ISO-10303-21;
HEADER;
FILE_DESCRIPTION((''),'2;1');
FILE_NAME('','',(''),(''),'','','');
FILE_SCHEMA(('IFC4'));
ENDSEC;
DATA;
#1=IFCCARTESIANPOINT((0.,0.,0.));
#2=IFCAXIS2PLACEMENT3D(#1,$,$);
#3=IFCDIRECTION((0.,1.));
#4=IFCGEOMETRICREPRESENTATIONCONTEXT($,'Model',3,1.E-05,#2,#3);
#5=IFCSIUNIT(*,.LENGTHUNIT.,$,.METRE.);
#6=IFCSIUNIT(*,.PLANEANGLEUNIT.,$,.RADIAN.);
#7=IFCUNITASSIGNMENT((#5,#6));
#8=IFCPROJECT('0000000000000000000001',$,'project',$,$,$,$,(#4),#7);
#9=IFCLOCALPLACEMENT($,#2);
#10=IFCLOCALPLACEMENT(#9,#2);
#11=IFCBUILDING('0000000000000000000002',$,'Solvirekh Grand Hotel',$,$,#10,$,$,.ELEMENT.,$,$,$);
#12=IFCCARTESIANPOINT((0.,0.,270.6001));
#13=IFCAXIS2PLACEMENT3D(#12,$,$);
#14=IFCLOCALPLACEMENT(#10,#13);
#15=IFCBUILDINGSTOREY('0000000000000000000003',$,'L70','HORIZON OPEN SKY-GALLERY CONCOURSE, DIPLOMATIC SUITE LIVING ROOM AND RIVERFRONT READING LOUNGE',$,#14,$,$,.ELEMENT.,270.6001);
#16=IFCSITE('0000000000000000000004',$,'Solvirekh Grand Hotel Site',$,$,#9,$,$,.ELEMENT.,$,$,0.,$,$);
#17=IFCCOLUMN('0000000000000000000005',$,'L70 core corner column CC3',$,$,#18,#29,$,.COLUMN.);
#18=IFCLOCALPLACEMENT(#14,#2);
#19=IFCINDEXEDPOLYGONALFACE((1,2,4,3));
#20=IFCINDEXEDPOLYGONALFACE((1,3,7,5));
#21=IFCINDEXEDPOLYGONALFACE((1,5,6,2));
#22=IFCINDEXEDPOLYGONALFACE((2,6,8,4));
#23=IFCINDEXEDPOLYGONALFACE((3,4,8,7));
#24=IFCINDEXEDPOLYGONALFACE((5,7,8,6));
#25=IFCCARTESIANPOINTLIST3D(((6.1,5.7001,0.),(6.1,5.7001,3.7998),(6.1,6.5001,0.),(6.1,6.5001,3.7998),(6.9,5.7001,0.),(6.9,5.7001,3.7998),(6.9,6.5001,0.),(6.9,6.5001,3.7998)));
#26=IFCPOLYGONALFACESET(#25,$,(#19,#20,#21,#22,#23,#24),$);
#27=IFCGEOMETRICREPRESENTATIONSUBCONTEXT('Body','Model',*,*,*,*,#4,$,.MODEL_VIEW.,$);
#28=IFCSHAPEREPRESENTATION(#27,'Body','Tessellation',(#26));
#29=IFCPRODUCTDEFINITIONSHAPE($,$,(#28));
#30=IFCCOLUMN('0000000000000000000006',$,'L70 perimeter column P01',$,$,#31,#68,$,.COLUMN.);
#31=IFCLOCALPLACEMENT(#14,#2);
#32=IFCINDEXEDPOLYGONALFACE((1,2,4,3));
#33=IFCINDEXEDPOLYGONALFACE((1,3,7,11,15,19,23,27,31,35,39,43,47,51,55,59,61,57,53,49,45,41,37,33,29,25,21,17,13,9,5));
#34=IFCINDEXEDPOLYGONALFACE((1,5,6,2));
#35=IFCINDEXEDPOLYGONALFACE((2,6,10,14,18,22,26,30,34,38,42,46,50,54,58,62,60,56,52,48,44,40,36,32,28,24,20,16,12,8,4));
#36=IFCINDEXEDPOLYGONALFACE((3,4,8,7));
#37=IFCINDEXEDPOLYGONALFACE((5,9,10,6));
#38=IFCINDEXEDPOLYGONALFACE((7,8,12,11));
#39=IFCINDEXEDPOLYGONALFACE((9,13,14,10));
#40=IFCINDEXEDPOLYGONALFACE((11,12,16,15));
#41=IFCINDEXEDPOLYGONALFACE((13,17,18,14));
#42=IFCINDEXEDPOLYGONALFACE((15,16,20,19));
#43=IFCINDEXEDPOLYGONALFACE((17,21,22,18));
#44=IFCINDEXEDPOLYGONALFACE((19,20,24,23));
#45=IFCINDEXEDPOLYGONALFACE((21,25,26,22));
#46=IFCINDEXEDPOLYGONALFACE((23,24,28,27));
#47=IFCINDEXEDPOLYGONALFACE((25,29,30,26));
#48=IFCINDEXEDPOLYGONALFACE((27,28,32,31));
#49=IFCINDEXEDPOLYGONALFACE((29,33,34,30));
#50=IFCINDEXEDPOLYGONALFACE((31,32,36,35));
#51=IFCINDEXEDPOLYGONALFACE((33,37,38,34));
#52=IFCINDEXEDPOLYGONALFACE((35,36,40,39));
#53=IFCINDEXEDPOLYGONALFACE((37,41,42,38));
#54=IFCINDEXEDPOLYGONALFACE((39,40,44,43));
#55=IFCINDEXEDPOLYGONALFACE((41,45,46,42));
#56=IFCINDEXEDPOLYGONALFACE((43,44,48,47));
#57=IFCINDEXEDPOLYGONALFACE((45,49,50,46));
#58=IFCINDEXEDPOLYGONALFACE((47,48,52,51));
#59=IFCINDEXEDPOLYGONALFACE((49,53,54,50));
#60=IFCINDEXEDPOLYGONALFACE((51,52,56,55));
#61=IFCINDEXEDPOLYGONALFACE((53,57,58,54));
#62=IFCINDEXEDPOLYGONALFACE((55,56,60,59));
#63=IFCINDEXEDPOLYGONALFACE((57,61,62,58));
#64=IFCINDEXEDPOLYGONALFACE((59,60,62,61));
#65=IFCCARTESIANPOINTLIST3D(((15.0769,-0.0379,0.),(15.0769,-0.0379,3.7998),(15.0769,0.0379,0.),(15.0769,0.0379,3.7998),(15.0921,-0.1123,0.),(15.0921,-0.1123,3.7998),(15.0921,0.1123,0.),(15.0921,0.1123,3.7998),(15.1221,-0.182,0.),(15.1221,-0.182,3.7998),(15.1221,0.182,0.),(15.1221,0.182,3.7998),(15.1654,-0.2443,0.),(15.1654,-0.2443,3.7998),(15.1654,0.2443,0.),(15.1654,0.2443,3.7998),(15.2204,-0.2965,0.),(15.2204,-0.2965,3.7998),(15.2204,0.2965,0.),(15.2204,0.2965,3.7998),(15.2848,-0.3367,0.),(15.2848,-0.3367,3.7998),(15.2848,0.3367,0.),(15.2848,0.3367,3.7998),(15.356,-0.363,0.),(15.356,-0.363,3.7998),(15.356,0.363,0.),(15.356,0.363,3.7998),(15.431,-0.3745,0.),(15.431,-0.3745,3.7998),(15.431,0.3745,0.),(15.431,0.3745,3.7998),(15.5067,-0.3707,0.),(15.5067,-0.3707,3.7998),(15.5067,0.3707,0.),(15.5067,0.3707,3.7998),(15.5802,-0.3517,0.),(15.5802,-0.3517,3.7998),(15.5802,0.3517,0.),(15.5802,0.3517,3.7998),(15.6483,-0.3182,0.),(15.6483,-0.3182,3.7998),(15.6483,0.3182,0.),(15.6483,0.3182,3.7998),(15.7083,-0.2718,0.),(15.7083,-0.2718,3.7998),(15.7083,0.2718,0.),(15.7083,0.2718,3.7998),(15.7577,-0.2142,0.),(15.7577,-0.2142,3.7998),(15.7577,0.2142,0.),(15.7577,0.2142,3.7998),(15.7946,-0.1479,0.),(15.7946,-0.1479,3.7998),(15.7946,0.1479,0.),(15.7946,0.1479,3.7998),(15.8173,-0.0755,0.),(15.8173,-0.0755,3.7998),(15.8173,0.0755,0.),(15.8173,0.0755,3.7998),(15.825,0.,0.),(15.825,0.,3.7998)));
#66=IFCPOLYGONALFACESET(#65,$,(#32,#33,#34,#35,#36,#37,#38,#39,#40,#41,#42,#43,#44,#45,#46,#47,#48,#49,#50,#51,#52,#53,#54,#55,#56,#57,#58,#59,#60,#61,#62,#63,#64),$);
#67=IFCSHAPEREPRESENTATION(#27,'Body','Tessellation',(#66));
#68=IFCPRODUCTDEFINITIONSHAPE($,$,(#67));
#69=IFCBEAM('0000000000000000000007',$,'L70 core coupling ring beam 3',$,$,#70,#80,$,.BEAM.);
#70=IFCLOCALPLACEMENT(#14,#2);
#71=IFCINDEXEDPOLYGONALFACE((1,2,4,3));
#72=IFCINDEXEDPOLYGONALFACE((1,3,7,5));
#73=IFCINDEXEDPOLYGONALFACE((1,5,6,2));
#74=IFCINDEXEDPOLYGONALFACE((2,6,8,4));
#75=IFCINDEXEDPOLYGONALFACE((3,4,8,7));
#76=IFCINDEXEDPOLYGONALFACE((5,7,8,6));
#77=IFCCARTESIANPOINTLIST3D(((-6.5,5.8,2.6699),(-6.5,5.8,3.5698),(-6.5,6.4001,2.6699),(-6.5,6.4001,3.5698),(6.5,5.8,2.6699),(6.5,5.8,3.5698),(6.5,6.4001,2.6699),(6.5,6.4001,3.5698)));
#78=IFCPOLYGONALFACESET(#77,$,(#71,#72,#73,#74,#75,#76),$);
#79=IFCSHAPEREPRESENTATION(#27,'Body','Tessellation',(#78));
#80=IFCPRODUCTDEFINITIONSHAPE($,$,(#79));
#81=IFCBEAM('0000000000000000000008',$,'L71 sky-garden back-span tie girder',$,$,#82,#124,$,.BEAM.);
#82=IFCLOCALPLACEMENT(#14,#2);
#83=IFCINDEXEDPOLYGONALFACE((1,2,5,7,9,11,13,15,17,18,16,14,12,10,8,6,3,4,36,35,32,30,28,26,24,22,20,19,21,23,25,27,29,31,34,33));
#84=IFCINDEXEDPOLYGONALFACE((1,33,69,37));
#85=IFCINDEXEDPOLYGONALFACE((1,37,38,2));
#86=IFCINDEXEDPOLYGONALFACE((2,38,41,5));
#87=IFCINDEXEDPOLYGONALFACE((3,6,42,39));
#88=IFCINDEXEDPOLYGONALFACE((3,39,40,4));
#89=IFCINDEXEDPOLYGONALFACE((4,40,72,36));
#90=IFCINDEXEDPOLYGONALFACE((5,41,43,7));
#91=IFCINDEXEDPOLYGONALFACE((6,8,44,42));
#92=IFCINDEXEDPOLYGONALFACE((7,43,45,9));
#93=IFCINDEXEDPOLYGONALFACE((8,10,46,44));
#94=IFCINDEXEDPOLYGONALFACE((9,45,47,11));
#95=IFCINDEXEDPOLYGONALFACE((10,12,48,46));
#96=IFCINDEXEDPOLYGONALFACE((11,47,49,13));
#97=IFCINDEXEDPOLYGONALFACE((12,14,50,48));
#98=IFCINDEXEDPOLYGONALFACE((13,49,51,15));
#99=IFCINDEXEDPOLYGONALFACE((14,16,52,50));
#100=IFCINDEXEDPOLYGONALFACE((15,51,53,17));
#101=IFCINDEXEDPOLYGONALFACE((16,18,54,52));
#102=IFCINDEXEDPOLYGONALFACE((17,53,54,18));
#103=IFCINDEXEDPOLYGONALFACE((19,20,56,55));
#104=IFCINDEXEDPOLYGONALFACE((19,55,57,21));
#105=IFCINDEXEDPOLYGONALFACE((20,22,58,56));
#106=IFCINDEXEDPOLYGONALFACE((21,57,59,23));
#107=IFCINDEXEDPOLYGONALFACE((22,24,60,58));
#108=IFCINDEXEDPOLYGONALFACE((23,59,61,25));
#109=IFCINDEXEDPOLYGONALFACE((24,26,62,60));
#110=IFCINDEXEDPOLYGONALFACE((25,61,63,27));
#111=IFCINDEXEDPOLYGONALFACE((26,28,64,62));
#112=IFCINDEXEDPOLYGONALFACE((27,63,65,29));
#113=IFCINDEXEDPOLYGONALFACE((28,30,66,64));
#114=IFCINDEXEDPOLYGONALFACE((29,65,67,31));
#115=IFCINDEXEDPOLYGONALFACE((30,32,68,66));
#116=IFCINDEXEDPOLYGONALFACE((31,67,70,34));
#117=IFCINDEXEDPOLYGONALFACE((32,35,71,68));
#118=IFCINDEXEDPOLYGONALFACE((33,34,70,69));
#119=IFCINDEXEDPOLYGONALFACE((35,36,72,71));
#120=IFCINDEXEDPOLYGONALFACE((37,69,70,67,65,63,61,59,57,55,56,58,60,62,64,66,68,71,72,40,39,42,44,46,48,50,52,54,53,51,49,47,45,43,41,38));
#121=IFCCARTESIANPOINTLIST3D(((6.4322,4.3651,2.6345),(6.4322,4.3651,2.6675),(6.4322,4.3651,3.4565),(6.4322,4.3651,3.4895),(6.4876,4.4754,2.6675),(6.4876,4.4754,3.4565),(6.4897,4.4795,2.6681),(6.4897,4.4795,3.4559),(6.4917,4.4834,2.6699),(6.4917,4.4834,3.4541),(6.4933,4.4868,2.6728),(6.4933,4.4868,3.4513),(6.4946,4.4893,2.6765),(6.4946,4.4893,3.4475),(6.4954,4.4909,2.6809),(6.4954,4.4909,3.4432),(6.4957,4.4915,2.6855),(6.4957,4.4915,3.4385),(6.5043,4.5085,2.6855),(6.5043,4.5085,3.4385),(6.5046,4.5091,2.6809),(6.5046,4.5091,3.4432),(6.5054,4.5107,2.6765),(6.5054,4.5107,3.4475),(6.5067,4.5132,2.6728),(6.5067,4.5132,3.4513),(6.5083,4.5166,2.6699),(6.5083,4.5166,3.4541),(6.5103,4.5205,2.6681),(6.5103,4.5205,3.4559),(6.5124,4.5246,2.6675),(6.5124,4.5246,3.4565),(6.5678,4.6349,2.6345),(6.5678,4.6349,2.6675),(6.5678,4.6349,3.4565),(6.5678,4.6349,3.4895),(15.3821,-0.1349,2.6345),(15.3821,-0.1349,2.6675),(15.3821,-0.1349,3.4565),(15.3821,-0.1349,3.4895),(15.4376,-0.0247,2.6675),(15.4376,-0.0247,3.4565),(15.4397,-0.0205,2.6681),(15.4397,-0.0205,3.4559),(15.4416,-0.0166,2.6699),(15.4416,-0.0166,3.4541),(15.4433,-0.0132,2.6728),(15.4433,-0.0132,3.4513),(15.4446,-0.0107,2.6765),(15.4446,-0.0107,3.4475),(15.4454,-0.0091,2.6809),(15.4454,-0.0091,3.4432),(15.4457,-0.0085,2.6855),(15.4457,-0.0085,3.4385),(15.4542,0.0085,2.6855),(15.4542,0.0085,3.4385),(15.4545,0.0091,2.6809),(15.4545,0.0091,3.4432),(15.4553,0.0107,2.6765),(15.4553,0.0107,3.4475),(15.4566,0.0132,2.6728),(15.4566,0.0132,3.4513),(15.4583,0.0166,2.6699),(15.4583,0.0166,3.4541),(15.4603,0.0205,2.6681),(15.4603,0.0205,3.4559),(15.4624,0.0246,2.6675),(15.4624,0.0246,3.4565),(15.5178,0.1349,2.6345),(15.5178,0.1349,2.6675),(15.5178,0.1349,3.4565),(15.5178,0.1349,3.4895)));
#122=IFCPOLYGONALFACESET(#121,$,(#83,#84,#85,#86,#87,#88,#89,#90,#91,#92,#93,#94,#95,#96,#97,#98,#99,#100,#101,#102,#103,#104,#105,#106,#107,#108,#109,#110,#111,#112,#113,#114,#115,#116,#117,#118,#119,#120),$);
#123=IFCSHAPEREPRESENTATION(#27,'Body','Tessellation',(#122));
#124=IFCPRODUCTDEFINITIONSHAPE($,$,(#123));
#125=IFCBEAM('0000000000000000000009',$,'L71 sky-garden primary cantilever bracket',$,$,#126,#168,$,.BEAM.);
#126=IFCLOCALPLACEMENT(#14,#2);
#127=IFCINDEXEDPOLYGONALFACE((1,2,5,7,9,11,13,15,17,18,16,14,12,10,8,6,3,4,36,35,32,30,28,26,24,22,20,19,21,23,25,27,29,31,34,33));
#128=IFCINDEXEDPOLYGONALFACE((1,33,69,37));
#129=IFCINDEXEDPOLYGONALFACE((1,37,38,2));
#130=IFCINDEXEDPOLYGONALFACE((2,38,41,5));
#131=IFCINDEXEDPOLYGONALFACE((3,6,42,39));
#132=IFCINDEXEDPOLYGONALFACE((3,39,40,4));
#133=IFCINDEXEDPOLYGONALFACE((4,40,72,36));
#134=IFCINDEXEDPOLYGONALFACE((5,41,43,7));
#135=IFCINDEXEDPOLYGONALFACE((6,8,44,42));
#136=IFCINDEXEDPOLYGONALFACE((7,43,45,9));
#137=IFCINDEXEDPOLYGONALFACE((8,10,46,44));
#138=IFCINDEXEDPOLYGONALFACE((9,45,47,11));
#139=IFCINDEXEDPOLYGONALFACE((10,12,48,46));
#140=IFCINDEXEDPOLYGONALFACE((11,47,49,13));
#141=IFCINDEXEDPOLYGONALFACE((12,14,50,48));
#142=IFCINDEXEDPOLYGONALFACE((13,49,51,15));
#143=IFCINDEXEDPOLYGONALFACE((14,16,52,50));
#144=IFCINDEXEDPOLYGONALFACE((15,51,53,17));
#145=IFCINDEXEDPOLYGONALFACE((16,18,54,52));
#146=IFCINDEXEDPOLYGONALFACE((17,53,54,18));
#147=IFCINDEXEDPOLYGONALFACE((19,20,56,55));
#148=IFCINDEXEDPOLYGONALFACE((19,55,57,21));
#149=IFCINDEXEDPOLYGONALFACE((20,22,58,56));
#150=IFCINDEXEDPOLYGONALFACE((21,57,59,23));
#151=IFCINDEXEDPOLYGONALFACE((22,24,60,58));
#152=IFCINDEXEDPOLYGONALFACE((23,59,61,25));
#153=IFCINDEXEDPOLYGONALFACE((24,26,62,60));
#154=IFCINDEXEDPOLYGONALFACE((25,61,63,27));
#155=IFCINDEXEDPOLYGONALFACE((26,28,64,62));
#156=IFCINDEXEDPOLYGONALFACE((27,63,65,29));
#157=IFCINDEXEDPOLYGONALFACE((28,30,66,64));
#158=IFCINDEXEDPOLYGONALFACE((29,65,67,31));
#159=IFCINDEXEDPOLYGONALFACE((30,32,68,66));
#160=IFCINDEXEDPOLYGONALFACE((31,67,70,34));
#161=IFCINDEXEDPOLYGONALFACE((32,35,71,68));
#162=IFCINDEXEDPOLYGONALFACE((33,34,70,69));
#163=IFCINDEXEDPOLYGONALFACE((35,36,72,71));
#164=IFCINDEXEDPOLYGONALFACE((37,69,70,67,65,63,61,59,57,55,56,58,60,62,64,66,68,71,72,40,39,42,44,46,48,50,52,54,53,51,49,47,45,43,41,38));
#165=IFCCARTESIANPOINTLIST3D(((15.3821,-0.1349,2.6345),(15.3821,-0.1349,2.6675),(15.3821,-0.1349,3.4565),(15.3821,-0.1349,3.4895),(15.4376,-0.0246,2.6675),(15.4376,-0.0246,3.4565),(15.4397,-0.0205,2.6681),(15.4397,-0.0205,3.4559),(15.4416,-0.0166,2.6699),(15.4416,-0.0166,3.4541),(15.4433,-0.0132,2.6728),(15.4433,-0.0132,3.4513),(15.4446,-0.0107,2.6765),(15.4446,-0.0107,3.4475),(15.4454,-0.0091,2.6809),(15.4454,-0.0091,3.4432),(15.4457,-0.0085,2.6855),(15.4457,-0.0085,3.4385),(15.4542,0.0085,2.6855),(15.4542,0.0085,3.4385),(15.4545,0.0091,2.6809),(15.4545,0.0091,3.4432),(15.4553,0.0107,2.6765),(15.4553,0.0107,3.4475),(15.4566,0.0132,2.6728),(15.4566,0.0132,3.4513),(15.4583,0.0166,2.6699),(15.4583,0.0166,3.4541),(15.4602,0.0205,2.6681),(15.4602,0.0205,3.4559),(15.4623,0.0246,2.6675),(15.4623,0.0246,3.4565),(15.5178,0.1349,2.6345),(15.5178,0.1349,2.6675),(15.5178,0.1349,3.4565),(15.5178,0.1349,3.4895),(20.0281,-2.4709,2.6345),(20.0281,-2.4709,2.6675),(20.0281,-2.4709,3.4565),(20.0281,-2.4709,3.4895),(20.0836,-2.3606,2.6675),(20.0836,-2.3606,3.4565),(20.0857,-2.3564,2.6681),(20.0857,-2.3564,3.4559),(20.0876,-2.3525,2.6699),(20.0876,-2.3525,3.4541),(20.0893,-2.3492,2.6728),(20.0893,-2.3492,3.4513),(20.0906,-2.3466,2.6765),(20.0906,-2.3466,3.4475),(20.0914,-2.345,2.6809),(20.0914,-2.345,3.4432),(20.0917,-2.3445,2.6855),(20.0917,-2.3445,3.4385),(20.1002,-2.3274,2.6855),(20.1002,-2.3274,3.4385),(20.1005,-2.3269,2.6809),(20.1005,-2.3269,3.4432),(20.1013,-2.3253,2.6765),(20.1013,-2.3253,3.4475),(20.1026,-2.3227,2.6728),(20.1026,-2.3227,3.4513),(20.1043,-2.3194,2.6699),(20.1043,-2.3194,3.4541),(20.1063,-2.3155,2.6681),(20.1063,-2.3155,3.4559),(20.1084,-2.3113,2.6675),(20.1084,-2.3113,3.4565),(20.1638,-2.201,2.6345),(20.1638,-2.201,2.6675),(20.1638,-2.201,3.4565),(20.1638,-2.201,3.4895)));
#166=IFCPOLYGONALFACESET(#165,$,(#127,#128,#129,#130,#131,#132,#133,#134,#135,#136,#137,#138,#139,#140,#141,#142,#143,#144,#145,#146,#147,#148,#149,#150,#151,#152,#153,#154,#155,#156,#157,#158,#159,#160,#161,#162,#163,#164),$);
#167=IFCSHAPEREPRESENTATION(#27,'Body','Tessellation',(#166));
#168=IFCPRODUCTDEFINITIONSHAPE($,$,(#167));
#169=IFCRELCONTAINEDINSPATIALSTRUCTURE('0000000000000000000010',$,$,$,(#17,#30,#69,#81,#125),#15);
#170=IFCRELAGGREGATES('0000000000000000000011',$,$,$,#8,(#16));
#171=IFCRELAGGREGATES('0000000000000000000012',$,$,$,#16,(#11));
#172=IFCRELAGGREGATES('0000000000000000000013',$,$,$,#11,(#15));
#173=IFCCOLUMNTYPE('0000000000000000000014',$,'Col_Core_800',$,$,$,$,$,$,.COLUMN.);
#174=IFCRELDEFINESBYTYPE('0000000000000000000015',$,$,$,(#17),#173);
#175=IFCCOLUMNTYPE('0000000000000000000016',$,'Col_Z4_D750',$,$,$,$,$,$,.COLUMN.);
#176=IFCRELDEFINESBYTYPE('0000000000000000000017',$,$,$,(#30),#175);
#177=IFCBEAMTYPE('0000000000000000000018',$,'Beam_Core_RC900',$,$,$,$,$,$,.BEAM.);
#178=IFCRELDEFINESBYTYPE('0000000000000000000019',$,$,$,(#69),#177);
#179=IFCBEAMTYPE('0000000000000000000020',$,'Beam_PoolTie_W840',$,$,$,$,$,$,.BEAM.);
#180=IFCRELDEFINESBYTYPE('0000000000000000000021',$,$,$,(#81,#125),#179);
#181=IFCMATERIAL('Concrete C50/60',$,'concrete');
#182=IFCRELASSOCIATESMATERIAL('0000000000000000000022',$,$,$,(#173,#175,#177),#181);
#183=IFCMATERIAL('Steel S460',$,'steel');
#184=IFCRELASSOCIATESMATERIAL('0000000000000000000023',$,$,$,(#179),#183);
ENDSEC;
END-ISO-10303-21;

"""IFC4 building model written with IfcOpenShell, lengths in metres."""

from ifc_helpers import new_model, si_unit, direction, frame, origin, origin_2d, place, context, subcontext, project, spatial, rectangle, circle, i_section, extrude, material, material_profile, profile_set, type_object, element, save


model = new_model("IFC4")

# Units and contexts
model_context = context("Model", 3, precision=1e-05, world=origin(), true_north=direction((0.0, 1.0)))
body_context = subcontext(model_context, "Body", "Model", "MODEL_VIEW")
ifc_project = project(units=[si_unit("LENGTHUNIT", "METRE"), si_unit("PLANEANGLEUNIT", "RADIAN")], contexts=[model_context])

# Site, building, storey
site_placement = place(None, origin())
site = spatial("IfcSite", under=ifc_project, at=site_placement, Name="Solvirekh Grand Hotel Site", CompositionType="ELEMENT", RefElevation=0.0)
building_placement = place(site_placement, origin())
building = spatial("IfcBuilding", under=site, at=building_placement, Name="Solvirekh Grand Hotel", CompositionType="ELEMENT")
storey_placement = place(building_placement, frame((0.0, 0.0, 270.6001)))
storey = spatial("IfcBuildingStorey", under=building, at=storey_placement, Name="L70", Description="HORIZON OPEN SKY-GALLERY CONCOURSE, DIPLOMATIC SUITE LIVING ROOM AND RIVERFRONT READING LOUNGE", CompositionType="ELEMENT", Elevation=270.6001)

# Columns
ifc_material_1 = material(Name="Concrete C50/60", Category="concrete")
ifc_material_profile_1 = material_profile(ifc_material_1, rectangle(XDim=0.8, YDim=0.8, at=origin_2d()), Name="RC 800X800")
ifc_profile_set_1 = profile_set([ifc_material_profile_1], Name="Concrete C50/60")
column_type_1 = type_object("IfcColumnType", Name="Col_Core_800", PredefinedType="COLUMN", material=ifc_profile_set_1)
column_1_placement = place(storey_placement, frame((6.5, 6.1001, 0.0), z_axis=(0.0, 0.0, 1.0), x_axis=(1.0, 0.0, 0.0)))
element("IfcColumn", 1, at=column_1_placement, inside=storey, type_object=column_type_1, Name="L70 core corner column CC3", PredefinedType="COLUMN", context=body_context, shape_type="SweptSolid", body=[
    extrude(rectangle(XDim=0.8, YDim=0.8, at=origin_2d()), origin(), (0.0, 0.0, 1.0), 3.7998),
])
ifc_material_profile_2 = material_profile(ifc_material_1, circle(Radius=0.375, at=origin_2d()), Name="RC CIRC D750")
ifc_profile_set_2 = profile_set([ifc_material_profile_2], Name="Concrete C50/60")
column_type_2 = type_object("IfcColumnType", Name="Col_Z4_D750", PredefinedType="COLUMN", material=ifc_profile_set_2)
column_2_placement = place(storey_placement, frame((15.45, 0.0, 0.0), z_axis=(0.0, 0.0, 1.0), x_axis=(1.0, 0.0, 0.0)))
element("IfcColumn", 2, at=column_2_placement, inside=storey, type_object=column_type_2, Name="L70 perimeter column P01", PredefinedType="COLUMN", context=body_context, shape_type="SweptSolid", body=[
    extrude(circle(Radius=0.375, at=origin_2d()), origin(), (0.0, 0.0, 1.0), 3.7998),
])

# Beams
ifc_material_profile_3 = material_profile(ifc_material_1, rectangle(XDim=0.6001, YDim=0.8999, at=origin_2d()), Name="RC BEAM 600X900")
ifc_profile_set_3 = profile_set([ifc_material_profile_3], Name="Concrete C50/60")
beam_type_1 = type_object("IfcBeamType", Name="Beam_Core_RC900", PredefinedType="BEAM", material=ifc_profile_set_3)
beam_1_placement = place(storey_placement, frame((6.5, 6.1001, 3.1199), z_axis=(-1.0, 0.0, 0.0), x_axis=(0.0, -1.0, 0.0)))
element("IfcBeam", 3, at=beam_1_placement, inside=storey, type_object=beam_type_1, Name="L70 core coupling ring beam 3", PredefinedType="BEAM", context=body_context, shape_type="SweptSolid", body=[
    extrude(rectangle(XDim=0.6001, YDim=0.8999, at=origin_2d()), origin(), (0.0, 0.0, 1.0), 13.0),
])
ifc_material_2 = material(Name="Steel S460", Category="steel")
ifc_material_profile_4 = material_profile(ifc_material_2, i_section(OverallWidth=0.302, OverallDepth=0.855, WebThickness=0.019, FlangeThickness=0.033, FilletRadius=0.0181, at=origin_2d()), Name="W840X299")
ifc_profile_set_4 = profile_set([ifc_material_profile_4], Name="Steel S460")
beam_type_2 = type_object("IfcBeamType", Name="Beam_PoolTie_W840", PredefinedType="BEAM", material=ifc_profile_set_4)
beam_2_placement = place(storey_placement, frame((6.5, 4.5, 3.062), z_axis=(0.893426, -0.449211, 0.0), x_axis=(0.449211, 0.893426, 0.0)))
element("IfcBeam", 4, at=beam_2_placement, inside=storey, type_object=beam_type_2, Name="L71 sky-garden back-span tie girder", PredefinedType="BEAM", context=body_context, shape_type="SweptSolid", body=[
    extrude(i_section(OverallWidth=0.302, OverallDepth=0.855, WebThickness=0.019, FlangeThickness=0.033, FilletRadius=0.0181, at=origin_2d()), origin(), (0.0, 0.0, 1.0), 10.0176),
])
beam_3_placement = place(storey_placement, frame((15.45, 0.0, 3.062), z_axis=(0.89343, -0.449203, 0.0), x_axis=(0.449203, 0.89343, 0.0)))
element("IfcBeam", 5, at=beam_3_placement, inside=storey, type_object=beam_type_2, Name="L71 sky-garden primary cantilever bracket", PredefinedType="BEAM", context=body_context, shape_type="SweptSolid", body=[
    extrude(i_section(OverallWidth=0.302, OverallDepth=0.855, WebThickness=0.019, FlangeThickness=0.033, FilletRadius=0.0181, at=origin_2d()), origin(), (0.0, 0.0, 1.0), 5.2002),
])

save(model, "model.ifc")
